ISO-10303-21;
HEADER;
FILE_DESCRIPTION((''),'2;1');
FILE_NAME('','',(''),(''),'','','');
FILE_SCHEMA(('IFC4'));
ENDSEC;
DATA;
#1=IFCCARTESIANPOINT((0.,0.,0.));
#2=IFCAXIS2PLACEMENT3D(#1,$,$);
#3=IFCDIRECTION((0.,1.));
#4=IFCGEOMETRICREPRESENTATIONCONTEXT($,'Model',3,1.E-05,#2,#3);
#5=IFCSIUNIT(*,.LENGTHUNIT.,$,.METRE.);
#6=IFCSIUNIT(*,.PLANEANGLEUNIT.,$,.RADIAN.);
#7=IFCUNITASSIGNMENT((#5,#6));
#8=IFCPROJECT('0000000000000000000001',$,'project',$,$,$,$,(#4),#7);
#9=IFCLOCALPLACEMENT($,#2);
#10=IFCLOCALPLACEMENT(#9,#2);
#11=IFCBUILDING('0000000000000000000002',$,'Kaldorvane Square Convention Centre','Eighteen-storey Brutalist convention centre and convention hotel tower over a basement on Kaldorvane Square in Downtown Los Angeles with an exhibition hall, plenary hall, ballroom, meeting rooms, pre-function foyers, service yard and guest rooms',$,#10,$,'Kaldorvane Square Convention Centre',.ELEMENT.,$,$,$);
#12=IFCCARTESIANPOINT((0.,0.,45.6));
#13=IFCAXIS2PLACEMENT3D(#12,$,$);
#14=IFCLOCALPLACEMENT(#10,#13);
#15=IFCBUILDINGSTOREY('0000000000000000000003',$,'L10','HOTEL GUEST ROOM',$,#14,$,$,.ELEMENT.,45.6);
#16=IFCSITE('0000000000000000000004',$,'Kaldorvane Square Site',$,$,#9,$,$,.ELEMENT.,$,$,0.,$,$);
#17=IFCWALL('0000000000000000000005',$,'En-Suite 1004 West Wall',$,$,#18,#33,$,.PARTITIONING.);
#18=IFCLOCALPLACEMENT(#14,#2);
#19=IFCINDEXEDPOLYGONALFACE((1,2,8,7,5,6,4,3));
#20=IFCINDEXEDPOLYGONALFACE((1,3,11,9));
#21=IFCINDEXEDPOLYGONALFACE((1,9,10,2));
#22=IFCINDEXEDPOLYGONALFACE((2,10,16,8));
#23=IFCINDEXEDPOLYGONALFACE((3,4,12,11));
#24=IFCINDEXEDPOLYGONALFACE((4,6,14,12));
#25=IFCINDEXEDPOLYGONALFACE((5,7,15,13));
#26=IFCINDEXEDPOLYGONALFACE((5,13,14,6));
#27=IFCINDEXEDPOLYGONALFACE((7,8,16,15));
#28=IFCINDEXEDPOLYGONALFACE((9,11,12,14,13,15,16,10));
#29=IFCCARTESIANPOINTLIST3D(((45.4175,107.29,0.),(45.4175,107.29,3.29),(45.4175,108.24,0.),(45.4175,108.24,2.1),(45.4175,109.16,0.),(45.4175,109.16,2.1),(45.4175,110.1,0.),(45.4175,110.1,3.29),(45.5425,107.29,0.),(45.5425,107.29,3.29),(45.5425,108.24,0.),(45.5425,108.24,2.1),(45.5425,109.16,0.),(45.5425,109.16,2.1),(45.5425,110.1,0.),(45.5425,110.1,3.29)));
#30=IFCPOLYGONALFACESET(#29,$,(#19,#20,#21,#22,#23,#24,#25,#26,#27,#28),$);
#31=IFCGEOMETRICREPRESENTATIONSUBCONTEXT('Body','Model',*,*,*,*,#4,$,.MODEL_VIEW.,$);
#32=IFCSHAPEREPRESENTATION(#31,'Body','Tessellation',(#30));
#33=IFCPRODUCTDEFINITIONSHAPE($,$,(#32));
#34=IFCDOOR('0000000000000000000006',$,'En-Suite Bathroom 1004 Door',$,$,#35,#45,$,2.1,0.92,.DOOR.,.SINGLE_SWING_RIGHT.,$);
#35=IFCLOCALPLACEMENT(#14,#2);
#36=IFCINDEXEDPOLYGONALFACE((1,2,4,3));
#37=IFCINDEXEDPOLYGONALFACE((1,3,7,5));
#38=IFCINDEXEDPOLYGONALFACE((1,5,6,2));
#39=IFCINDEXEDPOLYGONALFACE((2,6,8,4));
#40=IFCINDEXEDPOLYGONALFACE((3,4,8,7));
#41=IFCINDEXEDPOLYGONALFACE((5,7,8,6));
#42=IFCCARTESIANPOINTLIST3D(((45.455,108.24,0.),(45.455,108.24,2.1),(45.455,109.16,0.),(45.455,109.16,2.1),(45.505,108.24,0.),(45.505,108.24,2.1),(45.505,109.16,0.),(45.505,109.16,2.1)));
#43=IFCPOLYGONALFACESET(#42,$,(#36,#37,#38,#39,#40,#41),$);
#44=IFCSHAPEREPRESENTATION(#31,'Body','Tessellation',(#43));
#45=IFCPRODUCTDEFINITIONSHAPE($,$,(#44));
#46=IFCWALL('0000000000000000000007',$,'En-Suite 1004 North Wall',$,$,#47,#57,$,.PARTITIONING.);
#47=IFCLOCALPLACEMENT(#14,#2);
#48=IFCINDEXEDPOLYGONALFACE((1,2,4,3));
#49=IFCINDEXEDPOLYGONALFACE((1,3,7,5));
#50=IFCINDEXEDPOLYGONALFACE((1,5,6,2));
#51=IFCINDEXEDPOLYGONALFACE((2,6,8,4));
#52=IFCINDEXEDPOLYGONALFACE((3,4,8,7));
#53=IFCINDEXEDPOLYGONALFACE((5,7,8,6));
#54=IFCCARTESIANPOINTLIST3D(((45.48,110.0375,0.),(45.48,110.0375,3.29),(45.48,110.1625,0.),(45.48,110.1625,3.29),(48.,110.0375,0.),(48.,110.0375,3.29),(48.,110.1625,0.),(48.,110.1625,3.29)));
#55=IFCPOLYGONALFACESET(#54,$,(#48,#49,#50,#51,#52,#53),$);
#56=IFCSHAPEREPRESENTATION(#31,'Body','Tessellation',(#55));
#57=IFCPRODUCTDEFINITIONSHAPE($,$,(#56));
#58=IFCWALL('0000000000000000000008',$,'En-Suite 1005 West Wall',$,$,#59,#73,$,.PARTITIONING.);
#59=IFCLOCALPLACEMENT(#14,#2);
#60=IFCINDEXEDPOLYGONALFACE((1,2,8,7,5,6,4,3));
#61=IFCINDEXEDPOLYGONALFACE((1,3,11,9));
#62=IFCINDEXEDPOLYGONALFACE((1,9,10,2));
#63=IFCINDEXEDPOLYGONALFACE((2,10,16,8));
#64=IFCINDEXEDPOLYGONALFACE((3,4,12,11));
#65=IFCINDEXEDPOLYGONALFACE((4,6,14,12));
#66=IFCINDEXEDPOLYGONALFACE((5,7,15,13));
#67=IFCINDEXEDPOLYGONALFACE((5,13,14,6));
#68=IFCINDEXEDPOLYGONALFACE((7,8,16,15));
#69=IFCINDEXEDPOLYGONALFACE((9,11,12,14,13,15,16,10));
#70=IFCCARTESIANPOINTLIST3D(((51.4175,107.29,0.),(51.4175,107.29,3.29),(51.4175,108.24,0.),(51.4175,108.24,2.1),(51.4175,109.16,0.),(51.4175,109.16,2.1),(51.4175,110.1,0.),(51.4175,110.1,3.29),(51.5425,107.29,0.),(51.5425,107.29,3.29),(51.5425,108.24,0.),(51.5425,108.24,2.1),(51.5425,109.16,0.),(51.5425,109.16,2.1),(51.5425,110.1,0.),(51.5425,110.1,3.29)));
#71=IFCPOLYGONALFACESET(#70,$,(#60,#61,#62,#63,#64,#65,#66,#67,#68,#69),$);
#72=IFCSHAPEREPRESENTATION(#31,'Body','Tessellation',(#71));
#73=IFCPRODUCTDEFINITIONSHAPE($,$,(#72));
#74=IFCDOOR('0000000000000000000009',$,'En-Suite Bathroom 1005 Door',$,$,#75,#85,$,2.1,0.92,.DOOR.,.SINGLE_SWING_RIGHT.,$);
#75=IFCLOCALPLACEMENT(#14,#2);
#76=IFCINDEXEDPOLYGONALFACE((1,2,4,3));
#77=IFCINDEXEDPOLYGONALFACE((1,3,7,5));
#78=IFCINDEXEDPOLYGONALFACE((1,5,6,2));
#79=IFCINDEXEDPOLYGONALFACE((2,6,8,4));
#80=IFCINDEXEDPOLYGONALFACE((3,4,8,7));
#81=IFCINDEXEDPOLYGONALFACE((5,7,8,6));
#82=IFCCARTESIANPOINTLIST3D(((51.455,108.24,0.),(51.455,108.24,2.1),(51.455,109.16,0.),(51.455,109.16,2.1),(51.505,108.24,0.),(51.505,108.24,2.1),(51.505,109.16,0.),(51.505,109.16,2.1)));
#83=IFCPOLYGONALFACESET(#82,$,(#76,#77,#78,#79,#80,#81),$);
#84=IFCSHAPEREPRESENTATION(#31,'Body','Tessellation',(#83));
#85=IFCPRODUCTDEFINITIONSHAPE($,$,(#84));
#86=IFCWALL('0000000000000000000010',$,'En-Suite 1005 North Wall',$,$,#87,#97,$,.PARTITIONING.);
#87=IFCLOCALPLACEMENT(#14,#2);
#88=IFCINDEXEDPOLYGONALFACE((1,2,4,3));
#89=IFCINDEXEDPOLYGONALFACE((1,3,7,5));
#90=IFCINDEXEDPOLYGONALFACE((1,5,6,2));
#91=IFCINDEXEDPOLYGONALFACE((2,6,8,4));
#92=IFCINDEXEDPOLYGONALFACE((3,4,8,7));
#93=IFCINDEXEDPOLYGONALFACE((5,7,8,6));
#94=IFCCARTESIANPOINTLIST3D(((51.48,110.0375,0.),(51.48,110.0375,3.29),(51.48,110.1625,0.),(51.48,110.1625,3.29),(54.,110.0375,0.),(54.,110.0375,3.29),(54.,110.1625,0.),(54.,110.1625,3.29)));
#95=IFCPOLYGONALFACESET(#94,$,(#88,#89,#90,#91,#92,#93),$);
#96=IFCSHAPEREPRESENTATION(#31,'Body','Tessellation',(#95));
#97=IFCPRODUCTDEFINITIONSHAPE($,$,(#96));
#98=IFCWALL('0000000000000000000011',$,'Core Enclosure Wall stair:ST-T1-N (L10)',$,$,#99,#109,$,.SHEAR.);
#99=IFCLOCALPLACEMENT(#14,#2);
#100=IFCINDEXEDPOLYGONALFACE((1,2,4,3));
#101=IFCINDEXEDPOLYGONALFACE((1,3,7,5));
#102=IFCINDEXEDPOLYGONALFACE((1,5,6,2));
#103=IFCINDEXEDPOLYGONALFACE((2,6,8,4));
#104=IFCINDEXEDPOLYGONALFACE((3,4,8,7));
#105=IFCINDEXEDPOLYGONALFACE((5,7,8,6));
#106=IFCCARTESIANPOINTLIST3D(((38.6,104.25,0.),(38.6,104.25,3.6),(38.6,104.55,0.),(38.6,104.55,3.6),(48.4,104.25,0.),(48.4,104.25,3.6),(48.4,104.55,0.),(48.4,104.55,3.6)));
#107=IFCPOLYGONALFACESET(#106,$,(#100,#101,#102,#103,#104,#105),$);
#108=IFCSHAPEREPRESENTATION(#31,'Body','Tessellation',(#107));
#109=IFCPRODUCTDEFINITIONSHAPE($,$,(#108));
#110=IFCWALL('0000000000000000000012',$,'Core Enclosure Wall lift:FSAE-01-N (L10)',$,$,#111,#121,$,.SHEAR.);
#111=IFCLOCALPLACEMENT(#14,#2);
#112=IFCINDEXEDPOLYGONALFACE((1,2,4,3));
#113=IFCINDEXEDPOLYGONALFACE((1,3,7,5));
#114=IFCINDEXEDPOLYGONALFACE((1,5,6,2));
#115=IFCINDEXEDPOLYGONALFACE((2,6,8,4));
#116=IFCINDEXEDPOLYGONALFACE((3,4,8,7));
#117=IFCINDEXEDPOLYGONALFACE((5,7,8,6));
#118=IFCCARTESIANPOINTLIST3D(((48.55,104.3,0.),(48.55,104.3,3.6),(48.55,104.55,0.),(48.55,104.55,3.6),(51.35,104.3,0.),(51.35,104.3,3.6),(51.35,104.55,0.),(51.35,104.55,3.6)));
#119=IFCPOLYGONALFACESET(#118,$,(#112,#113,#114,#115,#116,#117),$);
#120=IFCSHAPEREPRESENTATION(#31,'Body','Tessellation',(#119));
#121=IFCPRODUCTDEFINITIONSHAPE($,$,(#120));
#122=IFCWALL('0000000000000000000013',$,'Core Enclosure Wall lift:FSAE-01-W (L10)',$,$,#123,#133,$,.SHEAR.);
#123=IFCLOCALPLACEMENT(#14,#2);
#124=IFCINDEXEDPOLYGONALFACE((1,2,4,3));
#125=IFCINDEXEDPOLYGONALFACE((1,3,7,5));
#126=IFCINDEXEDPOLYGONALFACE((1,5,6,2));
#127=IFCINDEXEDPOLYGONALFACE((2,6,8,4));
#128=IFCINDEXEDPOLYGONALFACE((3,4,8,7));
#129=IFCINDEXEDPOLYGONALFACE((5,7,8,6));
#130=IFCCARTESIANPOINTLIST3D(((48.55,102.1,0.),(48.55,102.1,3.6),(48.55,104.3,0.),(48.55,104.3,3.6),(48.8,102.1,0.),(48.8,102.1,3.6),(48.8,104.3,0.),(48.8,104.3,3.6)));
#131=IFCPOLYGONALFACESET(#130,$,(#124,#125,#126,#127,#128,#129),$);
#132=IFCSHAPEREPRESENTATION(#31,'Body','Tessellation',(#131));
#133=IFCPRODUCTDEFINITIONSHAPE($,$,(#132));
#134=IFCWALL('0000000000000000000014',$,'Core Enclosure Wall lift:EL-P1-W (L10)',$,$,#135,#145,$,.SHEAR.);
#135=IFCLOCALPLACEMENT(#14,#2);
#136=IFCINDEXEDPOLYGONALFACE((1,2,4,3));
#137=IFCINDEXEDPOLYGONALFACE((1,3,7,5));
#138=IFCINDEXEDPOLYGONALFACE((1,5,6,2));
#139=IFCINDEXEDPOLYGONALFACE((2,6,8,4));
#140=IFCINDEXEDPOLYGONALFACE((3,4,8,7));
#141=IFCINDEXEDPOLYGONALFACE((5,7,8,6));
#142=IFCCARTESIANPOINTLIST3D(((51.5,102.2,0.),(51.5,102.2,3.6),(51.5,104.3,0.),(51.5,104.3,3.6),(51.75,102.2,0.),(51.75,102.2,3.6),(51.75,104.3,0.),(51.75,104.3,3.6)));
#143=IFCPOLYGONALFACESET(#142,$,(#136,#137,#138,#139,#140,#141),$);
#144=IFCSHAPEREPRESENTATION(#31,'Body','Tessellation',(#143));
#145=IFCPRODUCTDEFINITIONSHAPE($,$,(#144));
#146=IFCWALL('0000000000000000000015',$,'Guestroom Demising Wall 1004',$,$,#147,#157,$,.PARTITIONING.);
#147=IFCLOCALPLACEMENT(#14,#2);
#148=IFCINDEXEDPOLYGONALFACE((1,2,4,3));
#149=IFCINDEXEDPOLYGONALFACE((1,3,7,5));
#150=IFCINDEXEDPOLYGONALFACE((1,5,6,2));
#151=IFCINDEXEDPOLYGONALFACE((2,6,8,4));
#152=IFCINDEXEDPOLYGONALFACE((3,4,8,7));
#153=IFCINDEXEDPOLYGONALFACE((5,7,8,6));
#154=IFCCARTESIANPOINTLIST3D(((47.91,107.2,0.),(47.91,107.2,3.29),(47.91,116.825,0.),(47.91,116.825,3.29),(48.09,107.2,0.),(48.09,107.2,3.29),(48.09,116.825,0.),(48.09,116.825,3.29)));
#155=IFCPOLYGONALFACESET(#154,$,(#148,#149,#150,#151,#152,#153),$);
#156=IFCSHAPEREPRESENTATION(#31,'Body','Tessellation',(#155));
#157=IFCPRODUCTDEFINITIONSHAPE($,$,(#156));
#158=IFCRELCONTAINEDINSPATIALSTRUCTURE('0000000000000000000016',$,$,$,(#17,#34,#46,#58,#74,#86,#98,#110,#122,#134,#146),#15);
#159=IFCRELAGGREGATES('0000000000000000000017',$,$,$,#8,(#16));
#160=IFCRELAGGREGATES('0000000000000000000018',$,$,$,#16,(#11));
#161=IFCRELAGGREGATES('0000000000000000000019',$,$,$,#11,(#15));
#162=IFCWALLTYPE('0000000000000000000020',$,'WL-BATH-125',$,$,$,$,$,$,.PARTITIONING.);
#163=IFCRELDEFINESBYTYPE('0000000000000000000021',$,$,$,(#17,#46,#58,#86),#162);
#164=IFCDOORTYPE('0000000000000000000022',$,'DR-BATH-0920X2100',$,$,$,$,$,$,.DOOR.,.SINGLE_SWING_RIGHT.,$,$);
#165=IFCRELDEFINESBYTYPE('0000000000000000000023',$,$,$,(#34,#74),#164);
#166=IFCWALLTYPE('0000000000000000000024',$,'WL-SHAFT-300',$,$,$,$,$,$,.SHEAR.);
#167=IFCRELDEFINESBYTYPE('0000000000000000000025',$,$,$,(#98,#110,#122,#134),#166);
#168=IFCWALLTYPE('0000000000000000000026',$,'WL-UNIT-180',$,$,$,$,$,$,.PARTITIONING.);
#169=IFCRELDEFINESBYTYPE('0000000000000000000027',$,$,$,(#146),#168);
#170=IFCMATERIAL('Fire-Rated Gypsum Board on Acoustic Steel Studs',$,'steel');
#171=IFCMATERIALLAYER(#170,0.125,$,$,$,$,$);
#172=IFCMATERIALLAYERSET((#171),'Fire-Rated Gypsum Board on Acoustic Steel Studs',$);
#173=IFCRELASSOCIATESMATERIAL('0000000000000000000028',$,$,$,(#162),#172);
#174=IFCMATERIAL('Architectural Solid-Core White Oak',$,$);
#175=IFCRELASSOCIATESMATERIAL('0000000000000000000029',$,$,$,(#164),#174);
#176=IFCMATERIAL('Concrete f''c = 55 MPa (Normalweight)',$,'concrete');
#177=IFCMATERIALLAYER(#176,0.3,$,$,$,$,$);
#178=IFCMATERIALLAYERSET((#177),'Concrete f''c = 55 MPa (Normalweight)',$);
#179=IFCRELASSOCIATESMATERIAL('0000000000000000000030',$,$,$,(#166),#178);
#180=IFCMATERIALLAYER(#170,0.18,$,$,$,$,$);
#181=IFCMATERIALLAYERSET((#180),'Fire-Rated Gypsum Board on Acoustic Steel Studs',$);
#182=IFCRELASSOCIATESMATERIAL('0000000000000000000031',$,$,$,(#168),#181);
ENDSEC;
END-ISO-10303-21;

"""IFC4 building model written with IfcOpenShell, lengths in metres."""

from ifc_helpers import new_model, si_unit, direction, frame, frame_2d, origin, place, context, subcontext, project, spatial, rectangle, extrude, material, layer, layer_set, type_object, element, fill, save


model = new_model("IFC4")

# Units and contexts
model_context = context("Model", 3, precision=1e-05, world=origin(), true_north=direction((0.0, 1.0)))
body_context = subcontext(model_context, "Body", "Model", "MODEL_VIEW")
ifc_project = project(units=[si_unit("LENGTHUNIT", "METRE"), si_unit("PLANEANGLEUNIT", "RADIAN")], contexts=[model_context])

# Site, building, storey
site_placement = place(None, origin())
site = spatial("IfcSite", under=ifc_project, at=site_placement, Name="Kaldorvane Square Site", CompositionType="ELEMENT", RefElevation=0.0)
building_placement = place(site_placement, origin())
building = spatial("IfcBuilding", under=site, at=building_placement, Name="Kaldorvane Square Convention Centre", Description="Eighteen-storey Brutalist convention centre and convention hotel tower over a basement on Kaldorvane Square in Downtown Los Angeles with an exhibition hall, plenary hall, ballroom, meeting rooms, pre-function foyers, service yard and guest rooms", LongName="Kaldorvane Square Convention Centre", CompositionType="ELEMENT")
storey_placement = place(building_placement, frame((0.0, 0.0, 45.6)))
storey = spatial("IfcBuildingStorey", under=building, at=storey_placement, Name="L10", Description="HOTEL GUEST ROOM", CompositionType="ELEMENT", Elevation=45.6)

# Wall, opening, door
ifc_material_1 = material(Name="Fire-Rated Gypsum Board on Acoustic Steel Studs", Category="steel")
ifc_layer_1 = layer(ifc_material_1, 0.125)
ifc_layer_set_1 = layer_set([ifc_layer_1], Name="Fire-Rated Gypsum Board on Acoustic Steel Studs")
wall_type_1 = type_object("IfcWallType", Name="WL-BATH-125", PredefinedType="PARTITIONING", material=ifc_layer_set_1)
wall_1_placement = place(storey_placement, frame((45.48, 107.29, 0.0), z_axis=(0.0, 0.0, 1.0), x_axis=(0.0, 1.0, 0.0)))
wall_1 = element("IfcWall", 1, at=wall_1_placement, inside=storey, type_object=wall_type_1, Name="En-Suite 1004 West Wall", PredefinedType="PARTITIONING", context=body_context, shape_type="SweptSolid", body=[
    extrude(rectangle(XDim=2.81, YDim=0.125, at=frame_2d((1.405, 0.0))), origin(), (0.0, 0.0, 1.0), 3.29),
])
opening_1_placement = place(wall_1_placement, frame((0.95, 0.0, 0.0)))
opening_1 = element("IfcOpeningElement", 2, at=opening_1_placement, cuts=wall_1, PredefinedType="OPENING", context=body_context, shape_type="SweptSolid", body=[
    extrude(rectangle(XDim=0.92, YDim=2.1, at=frame_2d((0.46, 1.05))), frame((0.0, 0.0775, 0.0), z_axis=(0.0, -1.0, 0.0), x_axis=(1.0, 0.0, 0.0)), (0.0, 0.0, 1.0), 0.155),
])
ifc_material_2 = material(Name="Architectural Solid-Core White Oak")
door_type_1 = type_object("IfcDoorType", Name="DR-BATH-0920X2100", OperationType="SINGLE_SWING_RIGHT", PredefinedType="DOOR", material=ifc_material_2)
door_1_placement = place(opening_1_placement, origin())
door_1 = element("IfcDoor", 3, at=door_1_placement, inside=storey, type_object=door_type_1, Name="En-Suite Bathroom 1004 Door", OperationType="SINGLE_SWING_RIGHT", OverallHeight=2.1, OverallWidth=0.92, PredefinedType="DOOR", context=body_context, shape_type="SweptSolid", body=[
    extrude(rectangle(XDim=0.92, YDim=2.1, at=frame_2d((0.46, 1.05))), frame((0.0, 0.025, 0.0), z_axis=(0.0, -1.0, 0.0), x_axis=(1.0, 0.0, 0.0)), (0.0, 0.0, 1.0), 0.05),
])
fill(opening_1, door_1)

# Wall
wall_2_placement = place(storey_placement, frame((45.48, 110.1, 0.0), z_axis=(0.0, 0.0, 1.0), x_axis=(1.0, 0.0, 0.0)))
element("IfcWall", 4, at=wall_2_placement, inside=storey, type_object=wall_type_1, Name="En-Suite 1004 North Wall", PredefinedType="PARTITIONING", context=body_context, shape_type="SweptSolid", body=[
    extrude(rectangle(XDim=2.52, YDim=0.125, at=frame_2d((1.26, 0.0))), origin(), (0.0, 0.0, 1.0), 3.29),
])

# Wall, opening, door
wall_3_placement = place(storey_placement, frame((51.48, 107.29, 0.0), z_axis=(0.0, 0.0, 1.0), x_axis=(0.0, 1.0, 0.0)))
wall_3 = element("IfcWall", 5, at=wall_3_placement, inside=storey, type_object=wall_type_1, Name="En-Suite 1005 West Wall", PredefinedType="PARTITIONING", context=body_context, shape_type="SweptSolid", body=[
    extrude(rectangle(XDim=2.81, YDim=0.125, at=frame_2d((1.405, 0.0))), origin(), (0.0, 0.0, 1.0), 3.29),
])
opening_2_placement = place(wall_3_placement, frame((0.95, 0.0, 0.0)))
opening_2 = element("IfcOpeningElement", 6, at=opening_2_placement, cuts=wall_3, PredefinedType="OPENING", context=body_context, shape_type="SweptSolid", body=[
    extrude(rectangle(XDim=0.92, YDim=2.1, at=frame_2d((0.46, 1.05))), frame((0.0, 0.0775, 0.0), z_axis=(0.0, -1.0, 0.0), x_axis=(1.0, 0.0, 0.0)), (0.0, 0.0, 1.0), 0.155),
])
door_2_placement = place(opening_2_placement, origin())
door_2 = element("IfcDoor", 7, at=door_2_placement, inside=storey, type_object=door_type_1, Name="En-Suite Bathroom 1005 Door", OperationType="SINGLE_SWING_RIGHT", OverallHeight=2.1, OverallWidth=0.92, PredefinedType="DOOR", context=body_context, shape_type="SweptSolid", body=[
    extrude(rectangle(XDim=0.92, YDim=2.1, at=frame_2d((0.46, 1.05))), frame((0.0, 0.025, 0.0), z_axis=(0.0, -1.0, 0.0), x_axis=(1.0, 0.0, 0.0)), (0.0, 0.0, 1.0), 0.05),
])
fill(opening_2, door_2)

# Walls
wall_4_placement = place(storey_placement, frame((51.48, 110.1, 0.0), z_axis=(0.0, 0.0, 1.0), x_axis=(1.0, 0.0, 0.0)))
element("IfcWall", 8, at=wall_4_placement, inside=storey, type_object=wall_type_1, Name="En-Suite 1005 North Wall", PredefinedType="PARTITIONING", context=body_context, shape_type="SweptSolid", body=[
    extrude(rectangle(XDim=2.52, YDim=0.125, at=frame_2d((1.26, 0.0))), origin(), (0.0, 0.0, 1.0), 3.29),
])
ifc_material_3 = material(Name="Concrete f'c = 55 MPa (Normalweight)", Category="concrete")
ifc_layer_2 = layer(ifc_material_3, 0.3)
ifc_layer_set_2 = layer_set([ifc_layer_2], Name="Concrete f'c = 55 MPa (Normalweight)")
wall_type_2 = type_object("IfcWallType", Name="WL-SHAFT-300", PredefinedType="SHEAR", material=ifc_layer_set_2)
wall_5_placement = place(storey_placement, frame((48.4, 104.4, 0.0), z_axis=(0.0, 0.0, 1.0), x_axis=(-1.0, 0.0, 0.0)))
element("IfcWall", 9, at=wall_5_placement, inside=storey, type_object=wall_type_2, Name="Core Enclosure Wall stair:ST-T1-N (L10)", PredefinedType="SHEAR", context=body_context, shape_type="SweptSolid", body=[
    extrude(rectangle(XDim=9.8, YDim=0.3, at=frame_2d((4.9, 0.0))), origin(), (0.0, 0.0, 1.0), 3.6),
])
wall_6_placement = place(storey_placement, frame((51.35, 104.425, 0.0), z_axis=(0.0, 0.0, 1.0), x_axis=(-1.0, 0.0, 0.0)))
element("IfcWall", 10, at=wall_6_placement, inside=storey, type_object=wall_type_2, Name="Core Enclosure Wall lift:FSAE-01-N (L10)", PredefinedType="SHEAR", context=body_context, shape_type="SweptSolid", body=[
    extrude(rectangle(XDim=2.8, YDim=0.25, at=frame_2d((1.4, 0.0))), origin(), (0.0, 0.0, 1.0), 3.6),
])
wall_7_placement = place(storey_placement, frame((48.675, 104.3, 0.0), z_axis=(0.0, 0.0, 1.0), x_axis=(0.0, -1.0, 0.0)))
element("IfcWall", 11, at=wall_7_placement, inside=storey, type_object=wall_type_2, Name="Core Enclosure Wall lift:FSAE-01-W (L10)", PredefinedType="SHEAR", context=body_context, shape_type="SweptSolid", body=[
    extrude(rectangle(XDim=2.2, YDim=0.25, at=frame_2d((1.1, 0.0))), origin(), (0.0, 0.0, 1.0), 3.6),
])
wall_8_placement = place(storey_placement, frame((51.625, 104.3, 0.0), z_axis=(0.0, 0.0, 1.0), x_axis=(0.0, -1.0, 0.0)))
element("IfcWall", 12, at=wall_8_placement, inside=storey, type_object=wall_type_2, Name="Core Enclosure Wall lift:EL-P1-W (L10)", PredefinedType="SHEAR", context=body_context, shape_type="SweptSolid", body=[
    extrude(rectangle(XDim=2.1, YDim=0.25, at=frame_2d((1.05, 0.0))), origin(), (0.0, 0.0, 1.0), 3.6),
])
ifc_layer_3 = layer(ifc_material_1, 0.18)
ifc_layer_set_3 = layer_set([ifc_layer_3], Name="Fire-Rated Gypsum Board on Acoustic Steel Studs")
wall_type_3 = type_object("IfcWallType", Name="WL-UNIT-180", PredefinedType="PARTITIONING", material=ifc_layer_set_3)
wall_9_placement = place(storey_placement, frame((48.0, 107.2, 0.0), z_axis=(0.0, 0.0, 1.0), x_axis=(0.0, 1.0, 0.0)))
element("IfcWall", 13, at=wall_9_placement, inside=storey, type_object=wall_type_3, Name="Guestroom Demising Wall 1004", PredefinedType="PARTITIONING", context=body_context, shape_type="SweptSolid", body=[
    extrude(rectangle(XDim=9.625, YDim=0.18, at=frame_2d((4.8125, 0.0))), origin(), (0.0, 0.0, 1.0), 3.29),
])

save(model, "model.ifc")
